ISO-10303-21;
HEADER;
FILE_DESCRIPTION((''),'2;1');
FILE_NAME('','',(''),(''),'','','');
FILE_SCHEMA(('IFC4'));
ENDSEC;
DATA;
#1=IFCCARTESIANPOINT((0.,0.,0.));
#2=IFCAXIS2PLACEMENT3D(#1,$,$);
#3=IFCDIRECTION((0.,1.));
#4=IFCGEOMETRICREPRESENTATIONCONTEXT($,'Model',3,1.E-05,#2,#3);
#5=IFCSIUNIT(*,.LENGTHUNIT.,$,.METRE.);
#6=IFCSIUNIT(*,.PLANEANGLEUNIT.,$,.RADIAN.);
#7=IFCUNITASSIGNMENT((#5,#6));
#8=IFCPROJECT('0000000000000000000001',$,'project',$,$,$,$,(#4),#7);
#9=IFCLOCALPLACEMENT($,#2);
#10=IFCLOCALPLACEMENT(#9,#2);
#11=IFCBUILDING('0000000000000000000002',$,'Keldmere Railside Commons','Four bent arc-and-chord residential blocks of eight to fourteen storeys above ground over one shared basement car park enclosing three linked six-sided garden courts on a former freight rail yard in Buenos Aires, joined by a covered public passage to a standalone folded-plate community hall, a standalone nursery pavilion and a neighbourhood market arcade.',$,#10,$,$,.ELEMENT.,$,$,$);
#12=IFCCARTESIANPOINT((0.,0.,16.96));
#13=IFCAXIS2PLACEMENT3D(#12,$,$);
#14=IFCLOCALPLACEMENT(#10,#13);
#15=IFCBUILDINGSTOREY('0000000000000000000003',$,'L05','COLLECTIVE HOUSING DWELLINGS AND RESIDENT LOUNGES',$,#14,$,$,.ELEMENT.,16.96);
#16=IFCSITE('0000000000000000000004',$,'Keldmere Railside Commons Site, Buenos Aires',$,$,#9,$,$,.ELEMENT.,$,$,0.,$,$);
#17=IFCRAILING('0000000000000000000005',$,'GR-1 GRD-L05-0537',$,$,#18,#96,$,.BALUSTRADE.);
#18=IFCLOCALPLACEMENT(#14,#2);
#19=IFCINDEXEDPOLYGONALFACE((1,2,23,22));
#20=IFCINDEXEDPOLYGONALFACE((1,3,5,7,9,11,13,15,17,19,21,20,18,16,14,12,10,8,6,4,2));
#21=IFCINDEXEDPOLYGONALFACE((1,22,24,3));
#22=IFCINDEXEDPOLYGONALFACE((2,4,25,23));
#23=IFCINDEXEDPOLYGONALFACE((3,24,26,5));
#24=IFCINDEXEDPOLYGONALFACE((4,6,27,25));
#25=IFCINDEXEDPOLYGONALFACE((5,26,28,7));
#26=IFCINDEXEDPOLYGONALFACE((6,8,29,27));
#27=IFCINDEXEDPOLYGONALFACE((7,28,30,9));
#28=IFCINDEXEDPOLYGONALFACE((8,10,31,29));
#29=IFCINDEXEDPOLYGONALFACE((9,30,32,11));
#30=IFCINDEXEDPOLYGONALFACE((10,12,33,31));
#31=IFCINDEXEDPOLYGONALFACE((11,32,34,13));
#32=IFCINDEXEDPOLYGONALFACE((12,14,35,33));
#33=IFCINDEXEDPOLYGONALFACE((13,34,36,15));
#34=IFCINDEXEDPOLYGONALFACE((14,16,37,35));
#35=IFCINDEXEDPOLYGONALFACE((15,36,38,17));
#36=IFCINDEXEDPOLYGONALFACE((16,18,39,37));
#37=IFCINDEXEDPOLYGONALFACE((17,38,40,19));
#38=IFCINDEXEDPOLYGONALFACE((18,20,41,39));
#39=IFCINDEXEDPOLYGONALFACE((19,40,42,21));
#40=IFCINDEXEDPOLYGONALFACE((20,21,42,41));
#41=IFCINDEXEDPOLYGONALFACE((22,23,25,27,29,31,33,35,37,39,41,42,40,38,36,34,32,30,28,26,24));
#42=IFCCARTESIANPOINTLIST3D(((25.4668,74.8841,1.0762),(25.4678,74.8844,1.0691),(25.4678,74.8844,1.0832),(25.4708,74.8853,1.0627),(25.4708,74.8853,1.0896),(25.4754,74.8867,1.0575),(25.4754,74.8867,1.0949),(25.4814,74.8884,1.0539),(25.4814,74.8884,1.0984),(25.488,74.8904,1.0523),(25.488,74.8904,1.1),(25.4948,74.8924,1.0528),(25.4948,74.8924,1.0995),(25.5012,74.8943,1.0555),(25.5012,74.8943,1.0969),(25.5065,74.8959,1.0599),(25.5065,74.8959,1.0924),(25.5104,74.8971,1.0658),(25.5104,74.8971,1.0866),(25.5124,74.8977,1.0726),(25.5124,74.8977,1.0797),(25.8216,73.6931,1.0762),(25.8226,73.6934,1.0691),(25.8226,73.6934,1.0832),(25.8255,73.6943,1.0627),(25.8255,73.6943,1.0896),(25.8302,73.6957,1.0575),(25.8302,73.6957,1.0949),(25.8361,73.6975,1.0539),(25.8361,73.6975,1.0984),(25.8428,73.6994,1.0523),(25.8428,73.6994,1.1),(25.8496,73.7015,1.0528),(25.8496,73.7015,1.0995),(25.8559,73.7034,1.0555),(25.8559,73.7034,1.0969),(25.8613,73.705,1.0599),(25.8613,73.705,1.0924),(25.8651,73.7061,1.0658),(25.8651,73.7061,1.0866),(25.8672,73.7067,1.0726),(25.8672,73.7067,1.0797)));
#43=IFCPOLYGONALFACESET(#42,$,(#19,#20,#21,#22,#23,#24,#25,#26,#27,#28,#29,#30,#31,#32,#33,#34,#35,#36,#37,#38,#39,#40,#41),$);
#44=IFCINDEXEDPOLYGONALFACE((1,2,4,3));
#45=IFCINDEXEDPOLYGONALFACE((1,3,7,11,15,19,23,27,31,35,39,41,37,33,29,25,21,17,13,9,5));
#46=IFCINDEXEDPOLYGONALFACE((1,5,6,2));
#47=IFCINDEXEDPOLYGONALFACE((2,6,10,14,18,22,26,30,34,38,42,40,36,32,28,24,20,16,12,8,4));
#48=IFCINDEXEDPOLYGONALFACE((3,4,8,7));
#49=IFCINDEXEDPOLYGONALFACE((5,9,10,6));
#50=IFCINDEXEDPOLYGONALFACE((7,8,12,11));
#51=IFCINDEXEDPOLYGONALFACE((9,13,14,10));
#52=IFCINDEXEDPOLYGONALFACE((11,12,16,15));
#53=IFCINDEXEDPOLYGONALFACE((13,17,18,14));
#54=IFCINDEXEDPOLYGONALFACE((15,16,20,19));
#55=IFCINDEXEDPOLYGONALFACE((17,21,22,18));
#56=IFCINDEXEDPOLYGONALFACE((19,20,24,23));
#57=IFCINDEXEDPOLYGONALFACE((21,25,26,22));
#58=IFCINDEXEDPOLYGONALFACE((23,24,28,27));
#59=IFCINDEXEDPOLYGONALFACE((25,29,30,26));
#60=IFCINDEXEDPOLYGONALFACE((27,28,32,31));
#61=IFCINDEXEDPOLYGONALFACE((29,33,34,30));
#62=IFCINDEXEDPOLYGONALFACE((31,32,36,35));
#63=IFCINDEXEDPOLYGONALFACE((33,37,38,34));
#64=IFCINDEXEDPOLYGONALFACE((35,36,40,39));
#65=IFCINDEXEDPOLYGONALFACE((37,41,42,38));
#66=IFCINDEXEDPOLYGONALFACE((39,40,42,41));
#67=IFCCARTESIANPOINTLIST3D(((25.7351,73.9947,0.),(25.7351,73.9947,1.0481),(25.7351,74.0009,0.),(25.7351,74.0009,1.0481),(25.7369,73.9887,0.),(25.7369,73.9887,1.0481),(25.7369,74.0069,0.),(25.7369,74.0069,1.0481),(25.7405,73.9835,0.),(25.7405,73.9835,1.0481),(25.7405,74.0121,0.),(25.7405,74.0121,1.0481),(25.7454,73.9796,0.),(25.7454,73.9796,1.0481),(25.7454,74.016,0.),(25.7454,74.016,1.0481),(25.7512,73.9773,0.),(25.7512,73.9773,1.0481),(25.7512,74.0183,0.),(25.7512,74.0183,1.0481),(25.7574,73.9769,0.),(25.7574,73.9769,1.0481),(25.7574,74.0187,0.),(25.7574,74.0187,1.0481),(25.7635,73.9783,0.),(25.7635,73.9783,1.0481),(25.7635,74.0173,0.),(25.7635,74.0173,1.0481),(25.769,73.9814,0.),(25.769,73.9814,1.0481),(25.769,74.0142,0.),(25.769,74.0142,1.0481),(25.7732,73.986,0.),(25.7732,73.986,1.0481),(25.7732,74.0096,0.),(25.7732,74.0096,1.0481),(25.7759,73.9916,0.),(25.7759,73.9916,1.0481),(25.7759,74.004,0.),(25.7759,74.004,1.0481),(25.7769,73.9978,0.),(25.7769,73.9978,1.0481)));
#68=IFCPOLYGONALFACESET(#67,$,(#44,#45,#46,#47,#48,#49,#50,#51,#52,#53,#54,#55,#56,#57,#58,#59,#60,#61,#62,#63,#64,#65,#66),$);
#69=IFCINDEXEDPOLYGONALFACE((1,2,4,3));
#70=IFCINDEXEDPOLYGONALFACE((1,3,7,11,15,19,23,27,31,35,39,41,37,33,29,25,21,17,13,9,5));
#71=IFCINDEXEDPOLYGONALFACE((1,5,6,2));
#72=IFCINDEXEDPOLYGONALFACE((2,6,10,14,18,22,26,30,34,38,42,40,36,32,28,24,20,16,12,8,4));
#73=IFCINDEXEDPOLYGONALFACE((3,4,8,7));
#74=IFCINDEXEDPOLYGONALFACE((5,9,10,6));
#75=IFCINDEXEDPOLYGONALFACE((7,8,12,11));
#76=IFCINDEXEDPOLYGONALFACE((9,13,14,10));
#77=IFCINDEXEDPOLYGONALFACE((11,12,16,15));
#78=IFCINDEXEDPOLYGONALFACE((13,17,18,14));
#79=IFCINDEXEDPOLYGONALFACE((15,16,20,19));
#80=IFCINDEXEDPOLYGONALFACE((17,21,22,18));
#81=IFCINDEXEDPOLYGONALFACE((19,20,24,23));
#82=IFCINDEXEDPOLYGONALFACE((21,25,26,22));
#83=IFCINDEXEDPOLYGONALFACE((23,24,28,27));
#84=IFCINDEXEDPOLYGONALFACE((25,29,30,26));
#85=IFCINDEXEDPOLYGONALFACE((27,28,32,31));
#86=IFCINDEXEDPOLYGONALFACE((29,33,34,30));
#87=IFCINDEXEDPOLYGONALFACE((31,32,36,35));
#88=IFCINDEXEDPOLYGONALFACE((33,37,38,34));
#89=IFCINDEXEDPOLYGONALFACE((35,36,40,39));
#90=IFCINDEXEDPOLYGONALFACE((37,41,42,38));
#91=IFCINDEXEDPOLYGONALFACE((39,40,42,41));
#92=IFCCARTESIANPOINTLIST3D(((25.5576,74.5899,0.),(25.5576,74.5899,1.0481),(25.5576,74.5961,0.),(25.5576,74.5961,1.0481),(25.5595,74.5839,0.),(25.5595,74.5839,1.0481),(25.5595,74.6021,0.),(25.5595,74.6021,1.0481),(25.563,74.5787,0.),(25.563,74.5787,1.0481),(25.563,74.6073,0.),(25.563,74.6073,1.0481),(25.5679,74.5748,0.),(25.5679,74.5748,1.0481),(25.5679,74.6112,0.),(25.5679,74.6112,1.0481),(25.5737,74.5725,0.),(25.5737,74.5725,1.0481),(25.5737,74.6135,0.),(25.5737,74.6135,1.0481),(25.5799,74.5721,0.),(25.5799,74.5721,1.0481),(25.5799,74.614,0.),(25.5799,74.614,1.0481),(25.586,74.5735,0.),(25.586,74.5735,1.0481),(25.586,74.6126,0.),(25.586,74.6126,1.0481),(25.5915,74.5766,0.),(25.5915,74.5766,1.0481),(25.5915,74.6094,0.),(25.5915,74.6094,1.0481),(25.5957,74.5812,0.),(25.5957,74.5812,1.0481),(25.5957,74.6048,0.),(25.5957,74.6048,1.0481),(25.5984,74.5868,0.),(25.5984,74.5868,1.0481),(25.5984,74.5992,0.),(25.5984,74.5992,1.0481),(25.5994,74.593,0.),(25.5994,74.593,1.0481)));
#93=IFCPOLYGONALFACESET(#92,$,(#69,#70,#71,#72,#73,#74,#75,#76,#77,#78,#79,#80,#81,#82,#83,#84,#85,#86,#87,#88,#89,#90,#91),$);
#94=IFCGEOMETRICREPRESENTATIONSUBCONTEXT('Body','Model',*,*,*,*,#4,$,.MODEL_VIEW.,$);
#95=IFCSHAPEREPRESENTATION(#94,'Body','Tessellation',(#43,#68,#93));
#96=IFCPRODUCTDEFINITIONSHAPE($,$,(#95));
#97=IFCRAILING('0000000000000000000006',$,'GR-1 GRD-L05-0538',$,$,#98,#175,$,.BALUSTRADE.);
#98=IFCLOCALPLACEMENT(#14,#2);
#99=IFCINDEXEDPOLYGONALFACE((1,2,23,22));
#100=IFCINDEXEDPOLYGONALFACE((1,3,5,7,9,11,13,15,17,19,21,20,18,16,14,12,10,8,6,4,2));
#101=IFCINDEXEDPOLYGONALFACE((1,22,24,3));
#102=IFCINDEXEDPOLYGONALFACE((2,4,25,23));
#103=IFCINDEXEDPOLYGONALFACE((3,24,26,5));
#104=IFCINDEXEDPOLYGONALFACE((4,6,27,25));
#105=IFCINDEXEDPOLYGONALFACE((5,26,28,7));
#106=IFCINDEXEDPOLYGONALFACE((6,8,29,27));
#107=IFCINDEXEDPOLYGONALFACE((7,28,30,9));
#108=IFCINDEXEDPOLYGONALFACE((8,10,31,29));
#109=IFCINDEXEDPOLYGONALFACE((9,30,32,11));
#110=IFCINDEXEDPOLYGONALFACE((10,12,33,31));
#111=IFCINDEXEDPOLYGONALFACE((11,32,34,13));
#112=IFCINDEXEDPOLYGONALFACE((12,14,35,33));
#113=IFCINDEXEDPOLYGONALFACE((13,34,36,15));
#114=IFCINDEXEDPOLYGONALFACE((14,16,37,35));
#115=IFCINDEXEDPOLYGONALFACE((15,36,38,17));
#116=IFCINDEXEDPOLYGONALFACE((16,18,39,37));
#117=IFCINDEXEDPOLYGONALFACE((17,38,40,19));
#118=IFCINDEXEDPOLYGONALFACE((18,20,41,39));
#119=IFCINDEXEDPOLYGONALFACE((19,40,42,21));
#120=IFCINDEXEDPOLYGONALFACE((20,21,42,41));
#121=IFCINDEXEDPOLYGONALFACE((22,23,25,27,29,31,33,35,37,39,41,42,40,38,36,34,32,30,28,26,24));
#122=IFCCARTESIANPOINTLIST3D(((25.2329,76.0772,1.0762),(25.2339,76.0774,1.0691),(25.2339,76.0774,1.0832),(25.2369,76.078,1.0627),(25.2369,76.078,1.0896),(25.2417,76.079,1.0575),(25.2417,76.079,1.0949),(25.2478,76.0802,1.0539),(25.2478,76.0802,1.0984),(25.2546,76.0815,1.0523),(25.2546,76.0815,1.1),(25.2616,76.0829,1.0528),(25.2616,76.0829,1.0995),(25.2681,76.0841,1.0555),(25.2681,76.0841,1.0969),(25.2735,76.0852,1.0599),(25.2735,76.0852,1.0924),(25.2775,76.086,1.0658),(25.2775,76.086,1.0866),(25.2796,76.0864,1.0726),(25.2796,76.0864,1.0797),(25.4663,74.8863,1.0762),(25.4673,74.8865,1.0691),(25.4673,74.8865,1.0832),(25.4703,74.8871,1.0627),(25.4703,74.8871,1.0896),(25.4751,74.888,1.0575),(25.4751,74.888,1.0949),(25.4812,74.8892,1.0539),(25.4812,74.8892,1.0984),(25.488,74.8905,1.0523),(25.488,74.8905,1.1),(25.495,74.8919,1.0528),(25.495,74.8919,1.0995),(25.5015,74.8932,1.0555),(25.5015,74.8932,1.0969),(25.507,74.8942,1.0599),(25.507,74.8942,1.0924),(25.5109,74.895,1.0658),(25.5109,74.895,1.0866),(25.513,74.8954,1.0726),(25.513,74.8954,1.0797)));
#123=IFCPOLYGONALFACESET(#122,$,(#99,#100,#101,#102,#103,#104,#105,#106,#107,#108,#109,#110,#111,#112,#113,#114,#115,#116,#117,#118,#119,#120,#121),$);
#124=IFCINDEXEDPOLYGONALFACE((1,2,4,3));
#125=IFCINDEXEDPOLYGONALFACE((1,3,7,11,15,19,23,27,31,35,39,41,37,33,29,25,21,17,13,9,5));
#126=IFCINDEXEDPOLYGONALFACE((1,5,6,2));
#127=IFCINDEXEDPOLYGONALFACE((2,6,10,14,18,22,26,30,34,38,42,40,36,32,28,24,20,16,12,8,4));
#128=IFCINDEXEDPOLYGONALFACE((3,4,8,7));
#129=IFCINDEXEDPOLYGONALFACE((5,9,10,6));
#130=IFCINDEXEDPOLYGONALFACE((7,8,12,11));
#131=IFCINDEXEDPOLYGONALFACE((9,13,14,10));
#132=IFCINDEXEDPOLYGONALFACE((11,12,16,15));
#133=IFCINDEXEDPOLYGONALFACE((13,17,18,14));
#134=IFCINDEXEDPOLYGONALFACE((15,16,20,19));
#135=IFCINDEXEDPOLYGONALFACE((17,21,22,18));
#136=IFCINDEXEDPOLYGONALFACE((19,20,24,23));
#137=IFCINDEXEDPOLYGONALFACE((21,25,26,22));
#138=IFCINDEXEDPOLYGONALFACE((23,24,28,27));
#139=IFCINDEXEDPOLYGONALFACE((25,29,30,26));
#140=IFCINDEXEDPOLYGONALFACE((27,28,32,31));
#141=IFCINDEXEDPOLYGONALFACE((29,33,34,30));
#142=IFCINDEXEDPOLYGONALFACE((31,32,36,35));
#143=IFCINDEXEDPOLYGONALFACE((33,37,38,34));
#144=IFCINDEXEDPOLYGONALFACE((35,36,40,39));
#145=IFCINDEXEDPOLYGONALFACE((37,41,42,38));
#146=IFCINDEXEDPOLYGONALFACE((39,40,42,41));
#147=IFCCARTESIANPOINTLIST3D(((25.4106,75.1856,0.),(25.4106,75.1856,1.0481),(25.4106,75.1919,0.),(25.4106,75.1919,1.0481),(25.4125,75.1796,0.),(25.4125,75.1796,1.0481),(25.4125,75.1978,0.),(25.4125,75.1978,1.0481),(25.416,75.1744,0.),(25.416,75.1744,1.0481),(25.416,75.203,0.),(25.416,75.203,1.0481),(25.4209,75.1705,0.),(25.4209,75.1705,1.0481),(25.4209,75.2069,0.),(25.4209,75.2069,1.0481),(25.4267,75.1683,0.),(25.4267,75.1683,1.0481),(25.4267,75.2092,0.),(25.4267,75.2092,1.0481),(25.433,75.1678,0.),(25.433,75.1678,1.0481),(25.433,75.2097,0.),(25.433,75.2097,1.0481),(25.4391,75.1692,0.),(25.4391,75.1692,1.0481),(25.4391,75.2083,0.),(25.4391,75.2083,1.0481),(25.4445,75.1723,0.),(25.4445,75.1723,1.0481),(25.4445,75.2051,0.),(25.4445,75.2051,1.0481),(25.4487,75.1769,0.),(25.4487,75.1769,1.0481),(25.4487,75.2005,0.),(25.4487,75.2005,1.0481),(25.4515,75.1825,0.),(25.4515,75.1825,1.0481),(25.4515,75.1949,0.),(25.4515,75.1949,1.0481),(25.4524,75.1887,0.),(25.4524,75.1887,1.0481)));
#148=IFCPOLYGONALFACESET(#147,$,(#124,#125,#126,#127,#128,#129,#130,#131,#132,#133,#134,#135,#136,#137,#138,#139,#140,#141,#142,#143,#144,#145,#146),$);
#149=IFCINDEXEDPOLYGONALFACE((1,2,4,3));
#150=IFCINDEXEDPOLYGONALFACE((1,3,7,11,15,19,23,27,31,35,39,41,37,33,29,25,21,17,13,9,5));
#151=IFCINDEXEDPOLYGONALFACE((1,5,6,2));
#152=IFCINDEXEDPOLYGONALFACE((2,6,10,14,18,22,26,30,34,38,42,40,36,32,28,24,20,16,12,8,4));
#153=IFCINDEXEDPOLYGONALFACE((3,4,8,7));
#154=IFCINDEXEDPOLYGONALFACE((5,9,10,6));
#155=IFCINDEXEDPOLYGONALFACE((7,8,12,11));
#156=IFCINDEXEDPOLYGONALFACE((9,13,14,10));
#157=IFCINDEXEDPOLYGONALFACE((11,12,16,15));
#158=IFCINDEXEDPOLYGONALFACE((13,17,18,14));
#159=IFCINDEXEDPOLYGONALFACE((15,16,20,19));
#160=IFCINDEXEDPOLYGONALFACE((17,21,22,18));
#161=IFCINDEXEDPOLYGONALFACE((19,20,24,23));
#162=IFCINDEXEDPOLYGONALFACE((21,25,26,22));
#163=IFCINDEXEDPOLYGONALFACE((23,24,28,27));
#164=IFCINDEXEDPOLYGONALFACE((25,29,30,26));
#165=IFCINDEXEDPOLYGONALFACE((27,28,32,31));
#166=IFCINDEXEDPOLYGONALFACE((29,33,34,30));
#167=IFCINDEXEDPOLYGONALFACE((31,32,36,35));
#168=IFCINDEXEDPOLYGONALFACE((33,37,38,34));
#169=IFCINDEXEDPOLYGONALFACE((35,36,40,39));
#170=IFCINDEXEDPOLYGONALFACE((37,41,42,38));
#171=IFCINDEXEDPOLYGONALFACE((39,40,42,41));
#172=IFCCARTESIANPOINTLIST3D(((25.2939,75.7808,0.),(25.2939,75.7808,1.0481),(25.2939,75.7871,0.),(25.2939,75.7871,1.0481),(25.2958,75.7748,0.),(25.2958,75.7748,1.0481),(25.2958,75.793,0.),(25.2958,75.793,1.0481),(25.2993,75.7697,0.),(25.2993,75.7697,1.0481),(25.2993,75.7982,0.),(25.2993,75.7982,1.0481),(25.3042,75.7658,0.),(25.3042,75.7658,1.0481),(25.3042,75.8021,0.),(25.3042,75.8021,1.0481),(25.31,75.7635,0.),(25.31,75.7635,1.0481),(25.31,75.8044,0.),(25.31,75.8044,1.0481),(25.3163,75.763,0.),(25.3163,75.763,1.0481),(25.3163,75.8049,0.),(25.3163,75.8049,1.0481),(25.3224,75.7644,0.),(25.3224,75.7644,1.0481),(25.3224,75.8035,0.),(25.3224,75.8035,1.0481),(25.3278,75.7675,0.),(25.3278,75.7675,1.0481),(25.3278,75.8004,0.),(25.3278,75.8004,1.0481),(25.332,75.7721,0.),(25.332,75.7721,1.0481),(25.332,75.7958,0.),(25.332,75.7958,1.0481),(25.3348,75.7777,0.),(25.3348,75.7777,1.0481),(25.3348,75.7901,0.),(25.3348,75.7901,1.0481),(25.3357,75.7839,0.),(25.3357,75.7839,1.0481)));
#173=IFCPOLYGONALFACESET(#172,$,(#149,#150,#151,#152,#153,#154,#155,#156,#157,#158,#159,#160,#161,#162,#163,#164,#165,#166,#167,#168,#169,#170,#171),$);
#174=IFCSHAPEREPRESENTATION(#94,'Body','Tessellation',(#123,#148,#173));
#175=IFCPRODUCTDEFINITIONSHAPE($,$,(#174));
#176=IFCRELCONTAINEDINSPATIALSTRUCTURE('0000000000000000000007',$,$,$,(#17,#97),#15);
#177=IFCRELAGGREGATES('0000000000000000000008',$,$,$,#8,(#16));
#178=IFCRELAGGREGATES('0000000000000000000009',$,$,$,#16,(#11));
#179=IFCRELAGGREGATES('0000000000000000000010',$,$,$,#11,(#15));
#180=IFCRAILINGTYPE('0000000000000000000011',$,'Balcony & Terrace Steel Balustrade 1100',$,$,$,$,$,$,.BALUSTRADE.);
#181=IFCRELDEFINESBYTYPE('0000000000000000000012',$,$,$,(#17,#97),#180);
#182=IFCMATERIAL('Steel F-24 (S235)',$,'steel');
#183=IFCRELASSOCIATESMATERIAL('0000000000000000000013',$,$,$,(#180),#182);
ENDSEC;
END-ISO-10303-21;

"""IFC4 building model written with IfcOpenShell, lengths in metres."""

from ifc_helpers import new_model, si_unit, direction, frame, origin, origin_2d, place, context, subcontext, project, spatial, circle, extrude, material, type_object, element, save


model = new_model("IFC4")

# Units and contexts
model_context = context("Model", 3, precision=1e-05, world=origin(), true_north=direction((0.0, 1.0)))
body_context = subcontext(model_context, "Body", "Model", "MODEL_VIEW")
ifc_project = project(units=[si_unit("LENGTHUNIT", "METRE"), si_unit("PLANEANGLEUNIT", "RADIAN")], contexts=[model_context])

# Site, building, storey
site_placement = place(None, origin())
site = spatial("IfcSite", under=ifc_project, at=site_placement, Name="Keldmere Railside Commons Site, Buenos Aires", CompositionType="ELEMENT", RefElevation=0.0)
building_placement = place(site_placement, origin())
building = spatial("IfcBuilding", under=site, at=building_placement, Name="Keldmere Railside Commons", Description="Four bent arc-and-chord residential blocks of eight to fourteen storeys above ground over one shared basement car park enclosing three linked six-sided garden courts on a former freight rail yard in Buenos Aires, joined by a covered public passage to a standalone folded-plate community hall, a standalone nursery pavilion and a neighbourhood market arcade.", CompositionType="ELEMENT")
storey_placement = place(building_placement, frame((0.0, 0.0, 16.96)))
storey = spatial("IfcBuildingStorey", under=building, at=storey_placement, Name="L05", Description="COLLECTIVE HOUSING DWELLINGS AND RESIDENT LOUNGES", CompositionType="ELEMENT", Elevation=16.96)

# Railings
ifc_material_1 = material(Name="Steel F-24 (S235)", Category="steel")
railing_type = type_object("IfcRailingType", Name="Balcony & Terrace Steel Balustrade 1100", PredefinedType="BALUSTRADE", material=ifc_material_1)
railing_1_placement = place(storey_placement, frame((25.8445, 73.7, 0.0)))
element("IfcRailing", 1, at=railing_1_placement, inside=storey, type_object=railing_type, Name="GR-1 GRD-L05-0537", PredefinedType="BALUSTRADE", context=body_context, shape_type="SweptSolid", body=[
    extrude(circle(Radius=0.0239, at=origin_2d()), frame((0.0, 0.0, 1.0762), z_axis=(-0.285473, 0.958387, 0.0), x_axis=(-0.958387, -0.285473, 0.0)), (0.0, 0.0, 1.0), 1.2427),
    extrude(circle(Radius=0.021, at=origin_2d()), frame((-0.0886, 0.2979, 0.0)), (0.0, 0.0, 1.0), 1.0481),
    extrude(circle(Radius=0.021, at=origin_2d()), frame((-0.2661, 0.8931, 0.0)), (0.0, 0.0, 1.0), 1.0481),
])
railing_2_placement = place(storey_placement, frame((25.4897, 74.8909, 0.0)))
element("IfcRailing", 2, at=railing_2_placement, inside=storey, type_object=railing_type, Name="GR-1 GRD-L05-0538", PredefinedType="BALUSTRADE", context=body_context, shape_type="SweptSolid", body=[
    extrude(circle(Radius=0.0239, at=origin_2d()), frame((0.0, 0.0, 1.0762), z_axis=(-0.192323, 0.981332, 0.0), x_axis=(-0.981332, -0.192323, 0.0)), (0.0, 0.0, 1.0), 1.2136),
    extrude(circle(Radius=0.021, at=origin_2d()), frame((-0.0583, 0.2979, 0.0)), (0.0, 0.0, 1.0), 1.0481),
    extrude(circle(Radius=0.021, at=origin_2d()), frame((-0.175, 0.8931, 0.0)), (0.0, 0.0, 1.0), 1.0481),
])

save(model, "model.ifc")
